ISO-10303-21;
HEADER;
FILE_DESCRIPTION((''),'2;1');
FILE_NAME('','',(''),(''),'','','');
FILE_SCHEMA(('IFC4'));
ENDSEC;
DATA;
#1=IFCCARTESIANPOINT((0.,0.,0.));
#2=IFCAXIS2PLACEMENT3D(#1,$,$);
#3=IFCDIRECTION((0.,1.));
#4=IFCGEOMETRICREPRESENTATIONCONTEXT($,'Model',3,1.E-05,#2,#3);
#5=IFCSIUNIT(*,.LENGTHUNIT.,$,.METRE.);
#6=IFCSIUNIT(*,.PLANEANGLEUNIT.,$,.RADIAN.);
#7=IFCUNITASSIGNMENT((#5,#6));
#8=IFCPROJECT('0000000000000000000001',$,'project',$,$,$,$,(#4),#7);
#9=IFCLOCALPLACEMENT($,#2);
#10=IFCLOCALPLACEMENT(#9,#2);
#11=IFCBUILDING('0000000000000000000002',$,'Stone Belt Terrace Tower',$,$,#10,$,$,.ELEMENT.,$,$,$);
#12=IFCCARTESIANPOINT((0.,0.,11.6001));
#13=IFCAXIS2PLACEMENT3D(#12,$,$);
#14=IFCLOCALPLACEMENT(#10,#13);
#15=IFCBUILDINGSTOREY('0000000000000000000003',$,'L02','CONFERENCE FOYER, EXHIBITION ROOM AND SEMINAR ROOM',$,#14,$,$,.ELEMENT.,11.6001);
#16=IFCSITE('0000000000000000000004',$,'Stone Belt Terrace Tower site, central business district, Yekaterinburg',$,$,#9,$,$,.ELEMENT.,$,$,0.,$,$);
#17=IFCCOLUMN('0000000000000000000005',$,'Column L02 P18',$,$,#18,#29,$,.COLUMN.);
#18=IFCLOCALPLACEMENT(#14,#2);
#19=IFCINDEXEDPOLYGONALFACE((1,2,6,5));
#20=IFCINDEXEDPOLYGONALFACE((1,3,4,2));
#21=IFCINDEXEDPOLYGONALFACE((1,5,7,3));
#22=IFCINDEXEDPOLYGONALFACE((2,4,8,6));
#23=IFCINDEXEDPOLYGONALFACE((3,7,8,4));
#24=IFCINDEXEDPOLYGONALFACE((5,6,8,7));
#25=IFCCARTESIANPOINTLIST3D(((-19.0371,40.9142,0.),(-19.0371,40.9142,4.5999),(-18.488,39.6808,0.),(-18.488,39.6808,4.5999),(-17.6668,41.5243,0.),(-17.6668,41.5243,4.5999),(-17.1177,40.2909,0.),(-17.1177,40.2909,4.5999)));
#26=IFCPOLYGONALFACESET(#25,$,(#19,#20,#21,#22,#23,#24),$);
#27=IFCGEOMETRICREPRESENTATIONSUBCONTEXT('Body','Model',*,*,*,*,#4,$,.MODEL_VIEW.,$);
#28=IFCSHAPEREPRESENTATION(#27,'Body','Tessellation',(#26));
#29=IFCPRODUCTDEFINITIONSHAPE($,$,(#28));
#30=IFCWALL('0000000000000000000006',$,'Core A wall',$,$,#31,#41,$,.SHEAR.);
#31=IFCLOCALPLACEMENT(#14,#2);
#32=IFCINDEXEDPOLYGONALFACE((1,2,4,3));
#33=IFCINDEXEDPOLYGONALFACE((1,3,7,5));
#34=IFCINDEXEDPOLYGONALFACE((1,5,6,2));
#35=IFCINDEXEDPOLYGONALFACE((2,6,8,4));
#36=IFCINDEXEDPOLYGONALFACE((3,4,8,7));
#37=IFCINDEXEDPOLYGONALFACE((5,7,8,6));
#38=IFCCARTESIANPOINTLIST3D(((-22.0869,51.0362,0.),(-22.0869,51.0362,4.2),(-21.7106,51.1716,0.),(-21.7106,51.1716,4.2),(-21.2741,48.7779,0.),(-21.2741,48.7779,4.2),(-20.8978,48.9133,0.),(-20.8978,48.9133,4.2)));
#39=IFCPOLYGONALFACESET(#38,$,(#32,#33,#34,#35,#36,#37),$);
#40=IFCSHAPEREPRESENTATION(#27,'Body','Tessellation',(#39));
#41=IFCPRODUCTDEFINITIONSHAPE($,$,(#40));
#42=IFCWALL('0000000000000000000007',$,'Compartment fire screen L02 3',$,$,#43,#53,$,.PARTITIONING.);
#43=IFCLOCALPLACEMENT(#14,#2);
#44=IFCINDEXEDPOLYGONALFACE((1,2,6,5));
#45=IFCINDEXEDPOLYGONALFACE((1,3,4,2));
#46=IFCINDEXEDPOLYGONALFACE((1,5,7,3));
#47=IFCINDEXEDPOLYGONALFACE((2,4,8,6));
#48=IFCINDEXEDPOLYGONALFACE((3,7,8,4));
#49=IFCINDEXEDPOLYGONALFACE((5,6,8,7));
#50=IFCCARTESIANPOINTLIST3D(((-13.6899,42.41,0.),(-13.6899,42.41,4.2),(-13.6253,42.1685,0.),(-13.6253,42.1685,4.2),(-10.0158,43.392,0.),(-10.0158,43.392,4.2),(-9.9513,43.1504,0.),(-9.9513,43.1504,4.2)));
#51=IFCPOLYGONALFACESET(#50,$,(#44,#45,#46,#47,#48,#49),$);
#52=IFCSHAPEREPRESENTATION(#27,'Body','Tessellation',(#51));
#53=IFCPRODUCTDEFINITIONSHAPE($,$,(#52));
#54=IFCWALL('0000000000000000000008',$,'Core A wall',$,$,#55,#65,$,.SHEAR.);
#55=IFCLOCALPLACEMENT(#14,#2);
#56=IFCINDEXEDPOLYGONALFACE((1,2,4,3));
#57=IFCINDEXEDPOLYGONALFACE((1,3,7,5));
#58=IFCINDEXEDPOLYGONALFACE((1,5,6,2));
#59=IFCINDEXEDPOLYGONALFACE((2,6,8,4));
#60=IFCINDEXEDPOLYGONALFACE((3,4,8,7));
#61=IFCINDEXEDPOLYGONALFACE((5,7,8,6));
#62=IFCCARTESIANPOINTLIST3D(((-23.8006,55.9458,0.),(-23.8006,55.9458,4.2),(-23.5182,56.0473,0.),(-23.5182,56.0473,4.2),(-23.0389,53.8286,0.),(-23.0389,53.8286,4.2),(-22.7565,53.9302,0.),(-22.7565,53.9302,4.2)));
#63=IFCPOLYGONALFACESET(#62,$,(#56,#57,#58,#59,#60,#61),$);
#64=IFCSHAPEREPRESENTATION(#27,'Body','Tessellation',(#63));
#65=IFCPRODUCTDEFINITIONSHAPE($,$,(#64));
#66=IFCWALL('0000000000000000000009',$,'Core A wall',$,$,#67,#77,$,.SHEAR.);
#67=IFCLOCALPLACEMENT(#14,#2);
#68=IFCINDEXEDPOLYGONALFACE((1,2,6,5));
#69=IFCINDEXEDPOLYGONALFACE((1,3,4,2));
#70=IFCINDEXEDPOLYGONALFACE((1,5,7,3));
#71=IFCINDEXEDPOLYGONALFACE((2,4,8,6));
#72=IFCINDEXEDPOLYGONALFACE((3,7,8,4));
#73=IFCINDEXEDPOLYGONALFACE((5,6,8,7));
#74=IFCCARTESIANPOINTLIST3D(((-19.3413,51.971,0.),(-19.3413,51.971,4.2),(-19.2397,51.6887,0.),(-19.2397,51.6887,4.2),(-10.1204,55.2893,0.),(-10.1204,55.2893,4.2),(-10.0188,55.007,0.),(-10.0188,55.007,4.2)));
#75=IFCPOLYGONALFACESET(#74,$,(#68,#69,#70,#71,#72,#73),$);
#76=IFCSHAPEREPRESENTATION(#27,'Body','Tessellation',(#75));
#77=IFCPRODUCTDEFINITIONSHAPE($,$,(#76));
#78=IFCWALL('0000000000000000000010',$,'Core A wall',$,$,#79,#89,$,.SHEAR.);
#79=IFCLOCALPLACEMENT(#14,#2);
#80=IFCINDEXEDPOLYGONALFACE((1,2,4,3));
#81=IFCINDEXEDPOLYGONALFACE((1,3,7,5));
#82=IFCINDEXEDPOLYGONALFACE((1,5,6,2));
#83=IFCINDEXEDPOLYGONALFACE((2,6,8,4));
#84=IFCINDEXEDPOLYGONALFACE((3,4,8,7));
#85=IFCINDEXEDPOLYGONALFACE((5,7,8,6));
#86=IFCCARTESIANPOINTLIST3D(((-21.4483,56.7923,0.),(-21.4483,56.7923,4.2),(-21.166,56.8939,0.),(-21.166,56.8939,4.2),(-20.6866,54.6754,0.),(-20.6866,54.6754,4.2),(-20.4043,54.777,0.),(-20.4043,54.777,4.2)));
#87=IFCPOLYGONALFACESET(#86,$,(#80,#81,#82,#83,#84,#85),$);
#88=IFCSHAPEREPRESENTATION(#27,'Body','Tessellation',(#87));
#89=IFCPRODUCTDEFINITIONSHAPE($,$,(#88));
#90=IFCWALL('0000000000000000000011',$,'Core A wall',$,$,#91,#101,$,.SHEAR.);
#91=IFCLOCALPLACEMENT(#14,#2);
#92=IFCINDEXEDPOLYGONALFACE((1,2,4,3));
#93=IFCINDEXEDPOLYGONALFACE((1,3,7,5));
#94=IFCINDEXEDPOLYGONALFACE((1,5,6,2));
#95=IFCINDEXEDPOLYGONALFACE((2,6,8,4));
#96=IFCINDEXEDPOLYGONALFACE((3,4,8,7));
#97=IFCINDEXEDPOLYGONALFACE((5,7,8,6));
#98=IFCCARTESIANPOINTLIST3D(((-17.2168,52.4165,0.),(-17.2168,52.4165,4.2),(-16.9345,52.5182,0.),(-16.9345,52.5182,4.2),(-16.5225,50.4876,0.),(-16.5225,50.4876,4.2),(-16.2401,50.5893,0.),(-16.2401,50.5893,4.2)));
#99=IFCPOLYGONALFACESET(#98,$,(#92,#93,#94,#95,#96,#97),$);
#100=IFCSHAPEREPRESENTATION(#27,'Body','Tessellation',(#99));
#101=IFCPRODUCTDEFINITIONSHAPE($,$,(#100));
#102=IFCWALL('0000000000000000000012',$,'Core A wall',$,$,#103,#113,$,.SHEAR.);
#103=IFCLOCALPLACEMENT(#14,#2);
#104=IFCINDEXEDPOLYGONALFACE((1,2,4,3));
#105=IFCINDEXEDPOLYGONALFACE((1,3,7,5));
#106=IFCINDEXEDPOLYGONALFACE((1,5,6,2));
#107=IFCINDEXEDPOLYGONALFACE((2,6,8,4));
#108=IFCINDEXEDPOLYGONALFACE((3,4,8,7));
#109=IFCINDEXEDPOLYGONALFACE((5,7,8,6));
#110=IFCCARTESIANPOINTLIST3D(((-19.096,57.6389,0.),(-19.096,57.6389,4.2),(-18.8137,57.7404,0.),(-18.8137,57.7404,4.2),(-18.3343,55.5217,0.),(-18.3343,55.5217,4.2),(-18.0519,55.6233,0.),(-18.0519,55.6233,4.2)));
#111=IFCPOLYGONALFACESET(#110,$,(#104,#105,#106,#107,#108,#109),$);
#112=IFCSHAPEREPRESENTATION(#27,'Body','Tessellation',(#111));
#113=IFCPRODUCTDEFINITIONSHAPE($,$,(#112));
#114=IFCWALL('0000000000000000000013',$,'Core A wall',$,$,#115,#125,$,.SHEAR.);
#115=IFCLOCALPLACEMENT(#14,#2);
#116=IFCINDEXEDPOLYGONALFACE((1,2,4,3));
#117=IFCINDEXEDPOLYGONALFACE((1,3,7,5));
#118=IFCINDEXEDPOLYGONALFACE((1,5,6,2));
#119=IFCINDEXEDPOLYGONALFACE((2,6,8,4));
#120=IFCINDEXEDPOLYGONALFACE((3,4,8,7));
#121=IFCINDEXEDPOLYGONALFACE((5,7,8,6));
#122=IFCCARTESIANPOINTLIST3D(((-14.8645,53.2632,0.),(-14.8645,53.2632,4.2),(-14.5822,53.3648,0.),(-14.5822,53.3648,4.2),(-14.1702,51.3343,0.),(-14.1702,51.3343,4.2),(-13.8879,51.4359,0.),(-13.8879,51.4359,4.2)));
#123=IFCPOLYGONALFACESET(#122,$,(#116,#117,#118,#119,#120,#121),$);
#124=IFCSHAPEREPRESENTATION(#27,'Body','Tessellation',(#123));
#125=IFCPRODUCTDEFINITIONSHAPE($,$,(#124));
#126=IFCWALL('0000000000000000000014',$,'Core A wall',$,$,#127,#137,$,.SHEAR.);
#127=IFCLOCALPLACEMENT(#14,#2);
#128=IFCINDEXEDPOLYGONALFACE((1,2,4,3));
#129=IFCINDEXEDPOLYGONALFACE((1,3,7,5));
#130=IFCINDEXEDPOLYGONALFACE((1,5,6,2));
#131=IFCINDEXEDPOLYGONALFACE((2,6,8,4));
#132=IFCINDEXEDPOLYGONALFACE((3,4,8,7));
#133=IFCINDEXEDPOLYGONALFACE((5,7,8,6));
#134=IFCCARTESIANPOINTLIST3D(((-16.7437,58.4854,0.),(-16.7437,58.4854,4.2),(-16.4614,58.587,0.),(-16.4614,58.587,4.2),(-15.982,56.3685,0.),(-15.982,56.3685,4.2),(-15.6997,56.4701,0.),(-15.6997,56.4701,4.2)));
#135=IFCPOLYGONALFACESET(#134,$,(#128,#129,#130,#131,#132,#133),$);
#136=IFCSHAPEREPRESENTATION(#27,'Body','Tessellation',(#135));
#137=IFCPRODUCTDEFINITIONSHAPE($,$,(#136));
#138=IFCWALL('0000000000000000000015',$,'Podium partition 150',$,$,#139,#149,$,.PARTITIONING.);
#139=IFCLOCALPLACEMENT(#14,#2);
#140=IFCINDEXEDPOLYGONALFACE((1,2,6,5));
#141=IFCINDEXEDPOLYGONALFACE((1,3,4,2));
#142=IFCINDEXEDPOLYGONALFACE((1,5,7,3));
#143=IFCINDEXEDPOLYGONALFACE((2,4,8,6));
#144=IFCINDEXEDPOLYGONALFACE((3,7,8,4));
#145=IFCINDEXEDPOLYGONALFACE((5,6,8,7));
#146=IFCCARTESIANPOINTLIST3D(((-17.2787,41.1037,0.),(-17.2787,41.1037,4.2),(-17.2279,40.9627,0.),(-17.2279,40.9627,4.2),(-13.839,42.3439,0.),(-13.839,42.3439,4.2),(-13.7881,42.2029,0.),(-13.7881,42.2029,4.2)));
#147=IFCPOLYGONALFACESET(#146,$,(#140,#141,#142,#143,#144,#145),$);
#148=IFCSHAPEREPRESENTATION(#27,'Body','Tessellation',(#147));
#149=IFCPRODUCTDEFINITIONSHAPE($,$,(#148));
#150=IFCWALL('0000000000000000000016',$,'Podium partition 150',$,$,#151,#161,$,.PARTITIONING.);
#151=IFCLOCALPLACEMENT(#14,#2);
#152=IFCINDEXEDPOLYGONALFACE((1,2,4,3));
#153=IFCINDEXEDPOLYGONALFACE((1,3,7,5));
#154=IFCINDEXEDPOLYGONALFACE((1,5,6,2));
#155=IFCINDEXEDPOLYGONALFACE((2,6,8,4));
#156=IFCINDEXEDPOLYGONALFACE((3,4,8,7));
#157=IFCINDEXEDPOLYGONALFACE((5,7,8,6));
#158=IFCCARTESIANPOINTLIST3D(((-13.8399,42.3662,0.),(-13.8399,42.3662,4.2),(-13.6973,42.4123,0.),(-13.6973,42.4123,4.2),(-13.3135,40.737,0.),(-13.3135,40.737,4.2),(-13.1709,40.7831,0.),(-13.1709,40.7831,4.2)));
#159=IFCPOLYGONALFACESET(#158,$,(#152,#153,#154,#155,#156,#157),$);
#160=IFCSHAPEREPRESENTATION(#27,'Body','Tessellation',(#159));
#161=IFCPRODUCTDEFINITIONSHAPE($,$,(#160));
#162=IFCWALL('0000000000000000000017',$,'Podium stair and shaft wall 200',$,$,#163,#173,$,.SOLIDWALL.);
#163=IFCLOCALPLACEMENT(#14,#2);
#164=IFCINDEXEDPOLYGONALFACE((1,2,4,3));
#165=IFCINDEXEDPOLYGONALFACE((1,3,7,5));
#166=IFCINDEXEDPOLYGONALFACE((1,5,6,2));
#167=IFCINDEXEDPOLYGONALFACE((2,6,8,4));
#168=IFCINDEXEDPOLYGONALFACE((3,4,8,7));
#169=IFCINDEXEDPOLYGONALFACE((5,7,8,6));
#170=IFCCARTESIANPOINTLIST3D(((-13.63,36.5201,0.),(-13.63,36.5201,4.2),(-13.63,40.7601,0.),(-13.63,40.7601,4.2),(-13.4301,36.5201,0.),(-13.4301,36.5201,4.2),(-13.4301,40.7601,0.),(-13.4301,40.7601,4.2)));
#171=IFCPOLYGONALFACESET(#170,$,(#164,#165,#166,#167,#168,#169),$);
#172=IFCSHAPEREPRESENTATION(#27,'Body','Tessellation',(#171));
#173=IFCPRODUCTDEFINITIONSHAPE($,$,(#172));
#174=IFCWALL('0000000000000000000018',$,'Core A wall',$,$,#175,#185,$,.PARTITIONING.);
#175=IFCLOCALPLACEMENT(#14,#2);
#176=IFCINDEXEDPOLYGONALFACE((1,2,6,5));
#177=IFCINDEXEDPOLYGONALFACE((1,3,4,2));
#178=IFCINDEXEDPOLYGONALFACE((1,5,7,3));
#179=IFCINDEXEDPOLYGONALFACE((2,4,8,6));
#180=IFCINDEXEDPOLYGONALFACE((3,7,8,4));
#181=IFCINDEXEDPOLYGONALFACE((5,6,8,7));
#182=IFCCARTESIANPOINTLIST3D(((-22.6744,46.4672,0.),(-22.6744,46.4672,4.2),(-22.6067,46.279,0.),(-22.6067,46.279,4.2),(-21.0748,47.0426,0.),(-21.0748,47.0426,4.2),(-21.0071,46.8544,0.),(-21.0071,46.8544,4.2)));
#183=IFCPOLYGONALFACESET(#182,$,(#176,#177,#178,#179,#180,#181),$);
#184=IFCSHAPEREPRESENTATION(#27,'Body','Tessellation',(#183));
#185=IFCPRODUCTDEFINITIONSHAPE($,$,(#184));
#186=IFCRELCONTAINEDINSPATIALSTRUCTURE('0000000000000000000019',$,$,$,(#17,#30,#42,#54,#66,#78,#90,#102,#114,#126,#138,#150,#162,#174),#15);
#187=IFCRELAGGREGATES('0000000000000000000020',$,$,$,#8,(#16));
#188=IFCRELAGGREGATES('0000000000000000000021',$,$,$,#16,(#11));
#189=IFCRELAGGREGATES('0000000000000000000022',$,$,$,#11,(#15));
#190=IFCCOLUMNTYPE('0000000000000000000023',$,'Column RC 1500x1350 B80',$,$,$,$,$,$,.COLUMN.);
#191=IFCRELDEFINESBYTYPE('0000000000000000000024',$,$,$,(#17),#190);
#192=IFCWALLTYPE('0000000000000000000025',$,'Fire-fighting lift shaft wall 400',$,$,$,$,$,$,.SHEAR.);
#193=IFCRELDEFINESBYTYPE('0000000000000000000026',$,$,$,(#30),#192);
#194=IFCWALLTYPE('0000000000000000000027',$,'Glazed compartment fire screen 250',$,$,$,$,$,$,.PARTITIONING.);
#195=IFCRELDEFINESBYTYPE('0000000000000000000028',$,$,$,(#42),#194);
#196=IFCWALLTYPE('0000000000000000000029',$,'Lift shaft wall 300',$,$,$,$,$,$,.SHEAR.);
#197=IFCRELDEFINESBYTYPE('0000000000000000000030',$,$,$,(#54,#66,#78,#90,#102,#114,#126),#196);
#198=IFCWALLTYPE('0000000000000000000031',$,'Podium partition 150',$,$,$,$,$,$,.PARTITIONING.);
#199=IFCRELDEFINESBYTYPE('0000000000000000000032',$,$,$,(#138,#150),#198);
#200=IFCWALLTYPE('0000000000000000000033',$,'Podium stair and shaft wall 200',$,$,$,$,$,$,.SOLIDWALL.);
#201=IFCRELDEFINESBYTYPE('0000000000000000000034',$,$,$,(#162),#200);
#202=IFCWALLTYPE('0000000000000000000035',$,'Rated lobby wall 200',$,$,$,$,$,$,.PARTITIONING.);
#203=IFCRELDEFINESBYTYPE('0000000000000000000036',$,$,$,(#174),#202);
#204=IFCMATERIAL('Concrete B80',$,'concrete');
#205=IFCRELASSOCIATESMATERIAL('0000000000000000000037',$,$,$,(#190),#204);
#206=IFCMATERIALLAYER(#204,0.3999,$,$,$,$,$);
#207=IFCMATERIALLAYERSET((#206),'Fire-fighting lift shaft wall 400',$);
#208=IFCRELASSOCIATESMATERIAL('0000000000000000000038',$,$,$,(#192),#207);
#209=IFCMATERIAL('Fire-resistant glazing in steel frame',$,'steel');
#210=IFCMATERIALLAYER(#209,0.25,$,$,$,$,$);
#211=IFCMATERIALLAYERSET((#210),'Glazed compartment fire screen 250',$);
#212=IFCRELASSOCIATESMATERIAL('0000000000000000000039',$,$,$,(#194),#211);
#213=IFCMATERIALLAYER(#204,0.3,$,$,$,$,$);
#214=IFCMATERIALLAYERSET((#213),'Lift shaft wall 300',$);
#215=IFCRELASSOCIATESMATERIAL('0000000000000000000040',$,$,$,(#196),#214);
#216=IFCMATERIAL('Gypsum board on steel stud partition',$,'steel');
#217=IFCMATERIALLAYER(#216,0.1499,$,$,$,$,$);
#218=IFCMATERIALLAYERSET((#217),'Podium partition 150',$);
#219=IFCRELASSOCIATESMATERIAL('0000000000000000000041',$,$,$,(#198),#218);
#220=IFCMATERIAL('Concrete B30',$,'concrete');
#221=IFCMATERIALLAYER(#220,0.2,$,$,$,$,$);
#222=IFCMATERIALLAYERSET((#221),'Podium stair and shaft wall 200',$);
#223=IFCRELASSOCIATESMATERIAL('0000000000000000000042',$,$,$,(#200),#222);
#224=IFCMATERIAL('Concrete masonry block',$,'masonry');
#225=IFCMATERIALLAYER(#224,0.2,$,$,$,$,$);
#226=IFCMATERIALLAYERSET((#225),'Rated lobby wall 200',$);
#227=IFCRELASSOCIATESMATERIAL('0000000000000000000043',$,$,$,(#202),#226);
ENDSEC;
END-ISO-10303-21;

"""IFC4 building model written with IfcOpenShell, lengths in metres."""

from ifc_helpers import new_model, si_unit, direction, frame, frame_2d, origin, origin_2d, place, context, subcontext, project, spatial, rectangle, extrude, material, layer, layer_set, material_profile, profile_set, type_object, element, save


model = new_model("IFC4")

# Units and contexts
model_context = context("Model", 3, precision=1e-05, world=origin(), true_north=direction((0.0, 1.0)))
body_context = subcontext(model_context, "Body", "Model", "MODEL_VIEW")
ifc_project = project(units=[si_unit("LENGTHUNIT", "METRE"), si_unit("PLANEANGLEUNIT", "RADIAN")], contexts=[model_context])

# Site, building, storey
site_placement = place(None, origin())
site = spatial("IfcSite", under=ifc_project, at=site_placement, Name="Stone Belt Terrace Tower site, central business district, Yekaterinburg", CompositionType="ELEMENT", RefElevation=0.0)
building_placement = place(site_placement, origin())
building = spatial("IfcBuilding", under=site, at=building_placement, Name="Stone Belt Terrace Tower", CompositionType="ELEMENT")
storey_placement = place(building_placement, frame((0.0, 0.0, 11.6001)))
storey = spatial("IfcBuildingStorey", under=building, at=storey_placement, Name="L02", Description="CONFERENCE FOYER, EXHIBITION ROOM AND SEMINAR ROOM", CompositionType="ELEMENT", Elevation=11.6001)

# Column
ifc_material_1 = material(Name="Concrete B80", Category="concrete")
ifc_material_profile = material_profile(ifc_material_1, rectangle(XDim=1.5, YDim=1.3501, at=origin_2d()), Name="RC 1500x1350")
ifc_profile_set = profile_set([ifc_material_profile], Name="Concrete B80")
column_type = type_object("IfcColumnType", Name="Column RC 1500x1350 B80", PredefinedType="COLUMN", material=ifc_profile_set)
column_placement = place(storey_placement, frame((-18.0774, 40.6025, 0.0), z_axis=(0.0, 0.0, 1.0), x_axis=(0.913545, 0.406737, 0.0)))
element("IfcColumn", 1, at=column_placement, inside=storey, type_object=column_type, Name="Column L02 P18", PredefinedType="COLUMN", context=body_context, shape_type="SweptSolid", body=[
    extrude(rectangle(XDim=1.5, YDim=1.3501, at=origin_2d()), origin(), (0.0, 0.0, 1.0), 4.5999),
])

# Walls
ifc_layer_1 = layer(ifc_material_1, 0.3999)
ifc_layer_set_1 = layer_set([ifc_layer_1], Name="Fire-fighting lift shaft wall 400")
wall_type_1 = type_object("IfcWallType", Name="Fire-fighting lift shaft wall 400", PredefinedType="SHEAR", material=ifc_layer_set_1)
wall_1_placement = place(storey_placement, frame((-21.0859, 48.8455, 0.0), z_axis=(0.0, 0.0, 1.0), x_axis=(-0.338629, 0.94092, 0.0)))
element("IfcWall", 2, at=wall_1_placement, inside=storey, type_object=wall_type_1, Name="Core A wall", PredefinedType="SHEAR", context=body_context, shape_type="SweptSolid", body=[
    extrude(rectangle(XDim=2.4001, YDim=0.3999, at=frame_2d((1.2002, 0.0))), origin(), (0.0, 0.0, 1.0), 4.2),
])
ifc_material_2 = material(Name="Fire-resistant glazing in steel frame", Category="steel")
ifc_layer_2 = layer(ifc_material_2, 0.25)
ifc_layer_set_2 = layer_set([ifc_layer_2], Name="Glazed compartment fire screen 250")
wall_type_2 = type_object("IfcWallType", Name="Glazed compartment fire screen 250", PredefinedType="PARTITIONING", material=ifc_layer_set_2)
wall_2_placement = place(storey_placement, frame((-13.6575, 42.2893, 0.0), z_axis=(0.0, 0.0, 1.0), x_axis=(0.966092, 0.258198, 0.0)))
element("IfcWall", 3, at=wall_2_placement, inside=storey, type_object=wall_type_2, Name="Compartment fire screen L02 3", PredefinedType="PARTITIONING", context=body_context, shape_type="SweptSolid", body=[
    extrude(rectangle(XDim=3.803, YDim=0.25, at=frame_2d((1.9014, 0.0))), origin(), (0.0, 0.0, 1.0), 4.2),
])
ifc_layer_3 = layer(ifc_material_1, 0.3)
ifc_layer_set_3 = layer_set([ifc_layer_3], Name="Lift shaft wall 300")
wall_type_3 = type_object("IfcWallType", Name="Lift shaft wall 300", PredefinedType="SHEAR", material=ifc_layer_set_3)
wall_3_placement = place(storey_placement, frame((-22.8977, 53.8794, 0.0), z_axis=(0.0, 0.0, 1.0), x_axis=(-0.338535, 0.940954, 0.0)))
element("IfcWall", 4, at=wall_3_placement, inside=storey, type_object=wall_type_3, Name="Core A wall", PredefinedType="SHEAR", context=body_context, shape_type="SweptSolid", body=[
    extrude(rectangle(XDim=2.25, YDim=0.3, at=frame_2d((1.125, 0.0))), origin(), (0.0, 0.0, 1.0), 4.2),
])
wall_4_placement = place(storey_placement, frame((-19.2905, 51.8298, 0.0), z_axis=(0.0, 0.0, 1.0), x_axis=(0.940926, 0.338613, 0.0)))
element("IfcWall", 5, at=wall_4_placement, inside=storey, type_object=wall_type_3, Name="Core A wall", PredefinedType="SHEAR", context=body_context, shape_type="SweptSolid", body=[
    extrude(rectangle(XDim=9.7998, YDim=0.3, at=frame_2d((4.8999, 0.0))), origin(), (0.0, 0.0, 1.0), 4.2),
])
wall_5_placement = place(storey_placement, frame((-20.5454, 54.7261, 0.0), z_axis=(0.0, 0.0, 1.0), x_axis=(-0.33857, 0.940941, 0.0)))
element("IfcWall", 6, at=wall_5_placement, inside=storey, type_object=wall_type_3, Name="Core A wall", PredefinedType="SHEAR", context=body_context, shape_type="SweptSolid", body=[
    extrude(rectangle(XDim=2.2498, YDim=0.3, at=frame_2d((1.125, 0.0))), origin(), (0.0, 0.0, 1.0), 4.2),
])
wall_6_placement = place(storey_placement, frame((-16.3813, 50.5386, 0.0), z_axis=(0.0, 0.0, 1.0), x_axis=(-0.338682, 0.940901, 0.0)))
element("IfcWall", 7, at=wall_6_placement, inside=storey, type_object=wall_type_3, Name="Core A wall", PredefinedType="SHEAR", context=body_context, shape_type="SweptSolid", body=[
    extrude(rectangle(XDim=2.05, YDim=0.3, at=frame_2d((1.0249, 0.0))), origin(), (0.0, 0.0, 1.0), 4.2),
])
wall_7_placement = place(storey_placement, frame((-18.1931, 55.5725, 0.0), z_axis=(0.0, 0.0, 1.0), x_axis=(-0.338535, 0.940954, 0.0)))
element("IfcWall", 8, at=wall_7_placement, inside=storey, type_object=wall_type_3, Name="Core A wall", PredefinedType="SHEAR", context=body_context, shape_type="SweptSolid", body=[
    extrude(rectangle(XDim=2.25, YDim=0.3, at=frame_2d((1.125, 0.0))), origin(), (0.0, 0.0, 1.0), 4.2),
])
wall_8_placement = place(storey_placement, frame((-14.0291, 51.3853, 0.0), z_axis=(0.0, 0.0, 1.0), x_axis=(-0.338682, 0.940901, 0.0)))
element("IfcWall", 9, at=wall_8_placement, inside=storey, type_object=wall_type_3, Name="Core A wall", PredefinedType="SHEAR", context=body_context, shape_type="SweptSolid", body=[
    extrude(rectangle(XDim=2.05, YDim=0.3, at=frame_2d((1.0249, 0.0))), origin(), (0.0, 0.0, 1.0), 4.2),
])
wall_9_placement = place(storey_placement, frame((-15.8408, 56.4192, 0.0), z_axis=(0.0, 0.0, 1.0), x_axis=(-0.33857, 0.940941, 0.0)))
element("IfcWall", 10, at=wall_9_placement, inside=storey, type_object=wall_type_3, Name="Core A wall", PredefinedType="SHEAR", context=body_context, shape_type="SweptSolid", body=[
    extrude(rectangle(XDim=2.2498, YDim=0.3, at=frame_2d((1.125, 0.0))), origin(), (0.0, 0.0, 1.0), 4.2),
])
ifc_material_3 = material(Name="Gypsum board on steel stud partition", Category="steel")
ifc_layer_4 = layer(ifc_material_3, 0.1499)
ifc_layer_set_4 = layer_set([ifc_layer_4], Name="Podium partition 150")
wall_type_4 = type_object("IfcWallType", Name="Podium partition 150", PredefinedType="PARTITIONING", material=ifc_layer_set_4)
wall_10_placement = place(storey_placement, frame((-17.2532, 41.0332, 0.0), z_axis=(0.0, 0.0, 1.0), x_axis=(0.940718, 0.33919, 0.0)))
element("IfcWall", 11, at=wall_10_placement, inside=storey, type_object=wall_type_4, Name="Podium partition 150", PredefinedType="PARTITIONING", context=body_context, shape_type="SweptSolid", body=[
    extrude(rectangle(XDim=3.6565, YDim=0.1499, at=frame_2d((1.8281, 0.0))), origin(), (0.0, 0.0, 1.0), 4.2),
])
wall_11_placement = place(storey_placement, frame((-13.7686, 42.3892, 0.0), z_axis=(0.0, 0.0, 1.0), x_axis=(0.307444, -0.951566, 0.0)))
element("IfcWall", 12, at=wall_11_placement, inside=storey, type_object=wall_type_4, Name="Podium partition 150", PredefinedType="PARTITIONING", context=body_context, shape_type="SweptSolid", body=[
    extrude(rectangle(XDim=1.7122, YDim=0.1499, at=frame_2d((0.856, 0.0))), origin(), (0.0, 0.0, 1.0), 4.2),
])
ifc_material_4 = material(Name="Concrete B30", Category="concrete")
ifc_layer_5 = layer(ifc_material_4, 0.2)
ifc_layer_set_5 = layer_set([ifc_layer_5], Name="Podium stair and shaft wall 200")
wall_type_5 = type_object("IfcWallType", Name="Podium stair and shaft wall 200", PredefinedType="SOLIDWALL", material=ifc_layer_set_5)
wall_12_placement = place(storey_placement, frame((-13.53, 36.52, 0.0), z_axis=(0.0, 0.0, 1.0), x_axis=(0.0, 1.0, 0.0)))
element("IfcWall", 13, at=wall_12_placement, inside=storey, type_object=wall_type_5, Name="Podium stair and shaft wall 200", PredefinedType="SOLIDWALL", context=body_context, shape_type="SweptSolid", body=[
    extrude(rectangle(XDim=4.24, YDim=0.2, at=frame_2d((2.1201, 0.0))), origin(), (0.0, 0.0, 1.0), 4.2),
])
ifc_material_5 = material(Name="Concrete masonry block", Category="masonry")
ifc_layer_6 = layer(ifc_material_5, 0.2)
ifc_layer_set_6 = layer_set([ifc_layer_6], Name="Rated lobby wall 200")
wall_type_6 = type_object("IfcWallType", Name="Rated lobby wall 200", PredefinedType="PARTITIONING", material=ifc_layer_set_6)
wall_13_placement = place(storey_placement, frame((-22.6406, 46.373, 0.0), z_axis=(0.0, 0.0, 1.0), x_axis=(0.940966, 0.338501, 0.0)))
element("IfcWall", 14, at=wall_13_placement, inside=storey, type_object=wall_type_6, Name="Core A wall", PredefinedType="PARTITIONING", context=body_context, shape_type="SweptSolid", body=[
    extrude(rectangle(XDim=1.7, YDim=0.2, at=frame_2d((0.8501, 0.0))), origin(), (0.0, 0.0, 1.0), 4.2),
])

save(model, "model.ifc")
